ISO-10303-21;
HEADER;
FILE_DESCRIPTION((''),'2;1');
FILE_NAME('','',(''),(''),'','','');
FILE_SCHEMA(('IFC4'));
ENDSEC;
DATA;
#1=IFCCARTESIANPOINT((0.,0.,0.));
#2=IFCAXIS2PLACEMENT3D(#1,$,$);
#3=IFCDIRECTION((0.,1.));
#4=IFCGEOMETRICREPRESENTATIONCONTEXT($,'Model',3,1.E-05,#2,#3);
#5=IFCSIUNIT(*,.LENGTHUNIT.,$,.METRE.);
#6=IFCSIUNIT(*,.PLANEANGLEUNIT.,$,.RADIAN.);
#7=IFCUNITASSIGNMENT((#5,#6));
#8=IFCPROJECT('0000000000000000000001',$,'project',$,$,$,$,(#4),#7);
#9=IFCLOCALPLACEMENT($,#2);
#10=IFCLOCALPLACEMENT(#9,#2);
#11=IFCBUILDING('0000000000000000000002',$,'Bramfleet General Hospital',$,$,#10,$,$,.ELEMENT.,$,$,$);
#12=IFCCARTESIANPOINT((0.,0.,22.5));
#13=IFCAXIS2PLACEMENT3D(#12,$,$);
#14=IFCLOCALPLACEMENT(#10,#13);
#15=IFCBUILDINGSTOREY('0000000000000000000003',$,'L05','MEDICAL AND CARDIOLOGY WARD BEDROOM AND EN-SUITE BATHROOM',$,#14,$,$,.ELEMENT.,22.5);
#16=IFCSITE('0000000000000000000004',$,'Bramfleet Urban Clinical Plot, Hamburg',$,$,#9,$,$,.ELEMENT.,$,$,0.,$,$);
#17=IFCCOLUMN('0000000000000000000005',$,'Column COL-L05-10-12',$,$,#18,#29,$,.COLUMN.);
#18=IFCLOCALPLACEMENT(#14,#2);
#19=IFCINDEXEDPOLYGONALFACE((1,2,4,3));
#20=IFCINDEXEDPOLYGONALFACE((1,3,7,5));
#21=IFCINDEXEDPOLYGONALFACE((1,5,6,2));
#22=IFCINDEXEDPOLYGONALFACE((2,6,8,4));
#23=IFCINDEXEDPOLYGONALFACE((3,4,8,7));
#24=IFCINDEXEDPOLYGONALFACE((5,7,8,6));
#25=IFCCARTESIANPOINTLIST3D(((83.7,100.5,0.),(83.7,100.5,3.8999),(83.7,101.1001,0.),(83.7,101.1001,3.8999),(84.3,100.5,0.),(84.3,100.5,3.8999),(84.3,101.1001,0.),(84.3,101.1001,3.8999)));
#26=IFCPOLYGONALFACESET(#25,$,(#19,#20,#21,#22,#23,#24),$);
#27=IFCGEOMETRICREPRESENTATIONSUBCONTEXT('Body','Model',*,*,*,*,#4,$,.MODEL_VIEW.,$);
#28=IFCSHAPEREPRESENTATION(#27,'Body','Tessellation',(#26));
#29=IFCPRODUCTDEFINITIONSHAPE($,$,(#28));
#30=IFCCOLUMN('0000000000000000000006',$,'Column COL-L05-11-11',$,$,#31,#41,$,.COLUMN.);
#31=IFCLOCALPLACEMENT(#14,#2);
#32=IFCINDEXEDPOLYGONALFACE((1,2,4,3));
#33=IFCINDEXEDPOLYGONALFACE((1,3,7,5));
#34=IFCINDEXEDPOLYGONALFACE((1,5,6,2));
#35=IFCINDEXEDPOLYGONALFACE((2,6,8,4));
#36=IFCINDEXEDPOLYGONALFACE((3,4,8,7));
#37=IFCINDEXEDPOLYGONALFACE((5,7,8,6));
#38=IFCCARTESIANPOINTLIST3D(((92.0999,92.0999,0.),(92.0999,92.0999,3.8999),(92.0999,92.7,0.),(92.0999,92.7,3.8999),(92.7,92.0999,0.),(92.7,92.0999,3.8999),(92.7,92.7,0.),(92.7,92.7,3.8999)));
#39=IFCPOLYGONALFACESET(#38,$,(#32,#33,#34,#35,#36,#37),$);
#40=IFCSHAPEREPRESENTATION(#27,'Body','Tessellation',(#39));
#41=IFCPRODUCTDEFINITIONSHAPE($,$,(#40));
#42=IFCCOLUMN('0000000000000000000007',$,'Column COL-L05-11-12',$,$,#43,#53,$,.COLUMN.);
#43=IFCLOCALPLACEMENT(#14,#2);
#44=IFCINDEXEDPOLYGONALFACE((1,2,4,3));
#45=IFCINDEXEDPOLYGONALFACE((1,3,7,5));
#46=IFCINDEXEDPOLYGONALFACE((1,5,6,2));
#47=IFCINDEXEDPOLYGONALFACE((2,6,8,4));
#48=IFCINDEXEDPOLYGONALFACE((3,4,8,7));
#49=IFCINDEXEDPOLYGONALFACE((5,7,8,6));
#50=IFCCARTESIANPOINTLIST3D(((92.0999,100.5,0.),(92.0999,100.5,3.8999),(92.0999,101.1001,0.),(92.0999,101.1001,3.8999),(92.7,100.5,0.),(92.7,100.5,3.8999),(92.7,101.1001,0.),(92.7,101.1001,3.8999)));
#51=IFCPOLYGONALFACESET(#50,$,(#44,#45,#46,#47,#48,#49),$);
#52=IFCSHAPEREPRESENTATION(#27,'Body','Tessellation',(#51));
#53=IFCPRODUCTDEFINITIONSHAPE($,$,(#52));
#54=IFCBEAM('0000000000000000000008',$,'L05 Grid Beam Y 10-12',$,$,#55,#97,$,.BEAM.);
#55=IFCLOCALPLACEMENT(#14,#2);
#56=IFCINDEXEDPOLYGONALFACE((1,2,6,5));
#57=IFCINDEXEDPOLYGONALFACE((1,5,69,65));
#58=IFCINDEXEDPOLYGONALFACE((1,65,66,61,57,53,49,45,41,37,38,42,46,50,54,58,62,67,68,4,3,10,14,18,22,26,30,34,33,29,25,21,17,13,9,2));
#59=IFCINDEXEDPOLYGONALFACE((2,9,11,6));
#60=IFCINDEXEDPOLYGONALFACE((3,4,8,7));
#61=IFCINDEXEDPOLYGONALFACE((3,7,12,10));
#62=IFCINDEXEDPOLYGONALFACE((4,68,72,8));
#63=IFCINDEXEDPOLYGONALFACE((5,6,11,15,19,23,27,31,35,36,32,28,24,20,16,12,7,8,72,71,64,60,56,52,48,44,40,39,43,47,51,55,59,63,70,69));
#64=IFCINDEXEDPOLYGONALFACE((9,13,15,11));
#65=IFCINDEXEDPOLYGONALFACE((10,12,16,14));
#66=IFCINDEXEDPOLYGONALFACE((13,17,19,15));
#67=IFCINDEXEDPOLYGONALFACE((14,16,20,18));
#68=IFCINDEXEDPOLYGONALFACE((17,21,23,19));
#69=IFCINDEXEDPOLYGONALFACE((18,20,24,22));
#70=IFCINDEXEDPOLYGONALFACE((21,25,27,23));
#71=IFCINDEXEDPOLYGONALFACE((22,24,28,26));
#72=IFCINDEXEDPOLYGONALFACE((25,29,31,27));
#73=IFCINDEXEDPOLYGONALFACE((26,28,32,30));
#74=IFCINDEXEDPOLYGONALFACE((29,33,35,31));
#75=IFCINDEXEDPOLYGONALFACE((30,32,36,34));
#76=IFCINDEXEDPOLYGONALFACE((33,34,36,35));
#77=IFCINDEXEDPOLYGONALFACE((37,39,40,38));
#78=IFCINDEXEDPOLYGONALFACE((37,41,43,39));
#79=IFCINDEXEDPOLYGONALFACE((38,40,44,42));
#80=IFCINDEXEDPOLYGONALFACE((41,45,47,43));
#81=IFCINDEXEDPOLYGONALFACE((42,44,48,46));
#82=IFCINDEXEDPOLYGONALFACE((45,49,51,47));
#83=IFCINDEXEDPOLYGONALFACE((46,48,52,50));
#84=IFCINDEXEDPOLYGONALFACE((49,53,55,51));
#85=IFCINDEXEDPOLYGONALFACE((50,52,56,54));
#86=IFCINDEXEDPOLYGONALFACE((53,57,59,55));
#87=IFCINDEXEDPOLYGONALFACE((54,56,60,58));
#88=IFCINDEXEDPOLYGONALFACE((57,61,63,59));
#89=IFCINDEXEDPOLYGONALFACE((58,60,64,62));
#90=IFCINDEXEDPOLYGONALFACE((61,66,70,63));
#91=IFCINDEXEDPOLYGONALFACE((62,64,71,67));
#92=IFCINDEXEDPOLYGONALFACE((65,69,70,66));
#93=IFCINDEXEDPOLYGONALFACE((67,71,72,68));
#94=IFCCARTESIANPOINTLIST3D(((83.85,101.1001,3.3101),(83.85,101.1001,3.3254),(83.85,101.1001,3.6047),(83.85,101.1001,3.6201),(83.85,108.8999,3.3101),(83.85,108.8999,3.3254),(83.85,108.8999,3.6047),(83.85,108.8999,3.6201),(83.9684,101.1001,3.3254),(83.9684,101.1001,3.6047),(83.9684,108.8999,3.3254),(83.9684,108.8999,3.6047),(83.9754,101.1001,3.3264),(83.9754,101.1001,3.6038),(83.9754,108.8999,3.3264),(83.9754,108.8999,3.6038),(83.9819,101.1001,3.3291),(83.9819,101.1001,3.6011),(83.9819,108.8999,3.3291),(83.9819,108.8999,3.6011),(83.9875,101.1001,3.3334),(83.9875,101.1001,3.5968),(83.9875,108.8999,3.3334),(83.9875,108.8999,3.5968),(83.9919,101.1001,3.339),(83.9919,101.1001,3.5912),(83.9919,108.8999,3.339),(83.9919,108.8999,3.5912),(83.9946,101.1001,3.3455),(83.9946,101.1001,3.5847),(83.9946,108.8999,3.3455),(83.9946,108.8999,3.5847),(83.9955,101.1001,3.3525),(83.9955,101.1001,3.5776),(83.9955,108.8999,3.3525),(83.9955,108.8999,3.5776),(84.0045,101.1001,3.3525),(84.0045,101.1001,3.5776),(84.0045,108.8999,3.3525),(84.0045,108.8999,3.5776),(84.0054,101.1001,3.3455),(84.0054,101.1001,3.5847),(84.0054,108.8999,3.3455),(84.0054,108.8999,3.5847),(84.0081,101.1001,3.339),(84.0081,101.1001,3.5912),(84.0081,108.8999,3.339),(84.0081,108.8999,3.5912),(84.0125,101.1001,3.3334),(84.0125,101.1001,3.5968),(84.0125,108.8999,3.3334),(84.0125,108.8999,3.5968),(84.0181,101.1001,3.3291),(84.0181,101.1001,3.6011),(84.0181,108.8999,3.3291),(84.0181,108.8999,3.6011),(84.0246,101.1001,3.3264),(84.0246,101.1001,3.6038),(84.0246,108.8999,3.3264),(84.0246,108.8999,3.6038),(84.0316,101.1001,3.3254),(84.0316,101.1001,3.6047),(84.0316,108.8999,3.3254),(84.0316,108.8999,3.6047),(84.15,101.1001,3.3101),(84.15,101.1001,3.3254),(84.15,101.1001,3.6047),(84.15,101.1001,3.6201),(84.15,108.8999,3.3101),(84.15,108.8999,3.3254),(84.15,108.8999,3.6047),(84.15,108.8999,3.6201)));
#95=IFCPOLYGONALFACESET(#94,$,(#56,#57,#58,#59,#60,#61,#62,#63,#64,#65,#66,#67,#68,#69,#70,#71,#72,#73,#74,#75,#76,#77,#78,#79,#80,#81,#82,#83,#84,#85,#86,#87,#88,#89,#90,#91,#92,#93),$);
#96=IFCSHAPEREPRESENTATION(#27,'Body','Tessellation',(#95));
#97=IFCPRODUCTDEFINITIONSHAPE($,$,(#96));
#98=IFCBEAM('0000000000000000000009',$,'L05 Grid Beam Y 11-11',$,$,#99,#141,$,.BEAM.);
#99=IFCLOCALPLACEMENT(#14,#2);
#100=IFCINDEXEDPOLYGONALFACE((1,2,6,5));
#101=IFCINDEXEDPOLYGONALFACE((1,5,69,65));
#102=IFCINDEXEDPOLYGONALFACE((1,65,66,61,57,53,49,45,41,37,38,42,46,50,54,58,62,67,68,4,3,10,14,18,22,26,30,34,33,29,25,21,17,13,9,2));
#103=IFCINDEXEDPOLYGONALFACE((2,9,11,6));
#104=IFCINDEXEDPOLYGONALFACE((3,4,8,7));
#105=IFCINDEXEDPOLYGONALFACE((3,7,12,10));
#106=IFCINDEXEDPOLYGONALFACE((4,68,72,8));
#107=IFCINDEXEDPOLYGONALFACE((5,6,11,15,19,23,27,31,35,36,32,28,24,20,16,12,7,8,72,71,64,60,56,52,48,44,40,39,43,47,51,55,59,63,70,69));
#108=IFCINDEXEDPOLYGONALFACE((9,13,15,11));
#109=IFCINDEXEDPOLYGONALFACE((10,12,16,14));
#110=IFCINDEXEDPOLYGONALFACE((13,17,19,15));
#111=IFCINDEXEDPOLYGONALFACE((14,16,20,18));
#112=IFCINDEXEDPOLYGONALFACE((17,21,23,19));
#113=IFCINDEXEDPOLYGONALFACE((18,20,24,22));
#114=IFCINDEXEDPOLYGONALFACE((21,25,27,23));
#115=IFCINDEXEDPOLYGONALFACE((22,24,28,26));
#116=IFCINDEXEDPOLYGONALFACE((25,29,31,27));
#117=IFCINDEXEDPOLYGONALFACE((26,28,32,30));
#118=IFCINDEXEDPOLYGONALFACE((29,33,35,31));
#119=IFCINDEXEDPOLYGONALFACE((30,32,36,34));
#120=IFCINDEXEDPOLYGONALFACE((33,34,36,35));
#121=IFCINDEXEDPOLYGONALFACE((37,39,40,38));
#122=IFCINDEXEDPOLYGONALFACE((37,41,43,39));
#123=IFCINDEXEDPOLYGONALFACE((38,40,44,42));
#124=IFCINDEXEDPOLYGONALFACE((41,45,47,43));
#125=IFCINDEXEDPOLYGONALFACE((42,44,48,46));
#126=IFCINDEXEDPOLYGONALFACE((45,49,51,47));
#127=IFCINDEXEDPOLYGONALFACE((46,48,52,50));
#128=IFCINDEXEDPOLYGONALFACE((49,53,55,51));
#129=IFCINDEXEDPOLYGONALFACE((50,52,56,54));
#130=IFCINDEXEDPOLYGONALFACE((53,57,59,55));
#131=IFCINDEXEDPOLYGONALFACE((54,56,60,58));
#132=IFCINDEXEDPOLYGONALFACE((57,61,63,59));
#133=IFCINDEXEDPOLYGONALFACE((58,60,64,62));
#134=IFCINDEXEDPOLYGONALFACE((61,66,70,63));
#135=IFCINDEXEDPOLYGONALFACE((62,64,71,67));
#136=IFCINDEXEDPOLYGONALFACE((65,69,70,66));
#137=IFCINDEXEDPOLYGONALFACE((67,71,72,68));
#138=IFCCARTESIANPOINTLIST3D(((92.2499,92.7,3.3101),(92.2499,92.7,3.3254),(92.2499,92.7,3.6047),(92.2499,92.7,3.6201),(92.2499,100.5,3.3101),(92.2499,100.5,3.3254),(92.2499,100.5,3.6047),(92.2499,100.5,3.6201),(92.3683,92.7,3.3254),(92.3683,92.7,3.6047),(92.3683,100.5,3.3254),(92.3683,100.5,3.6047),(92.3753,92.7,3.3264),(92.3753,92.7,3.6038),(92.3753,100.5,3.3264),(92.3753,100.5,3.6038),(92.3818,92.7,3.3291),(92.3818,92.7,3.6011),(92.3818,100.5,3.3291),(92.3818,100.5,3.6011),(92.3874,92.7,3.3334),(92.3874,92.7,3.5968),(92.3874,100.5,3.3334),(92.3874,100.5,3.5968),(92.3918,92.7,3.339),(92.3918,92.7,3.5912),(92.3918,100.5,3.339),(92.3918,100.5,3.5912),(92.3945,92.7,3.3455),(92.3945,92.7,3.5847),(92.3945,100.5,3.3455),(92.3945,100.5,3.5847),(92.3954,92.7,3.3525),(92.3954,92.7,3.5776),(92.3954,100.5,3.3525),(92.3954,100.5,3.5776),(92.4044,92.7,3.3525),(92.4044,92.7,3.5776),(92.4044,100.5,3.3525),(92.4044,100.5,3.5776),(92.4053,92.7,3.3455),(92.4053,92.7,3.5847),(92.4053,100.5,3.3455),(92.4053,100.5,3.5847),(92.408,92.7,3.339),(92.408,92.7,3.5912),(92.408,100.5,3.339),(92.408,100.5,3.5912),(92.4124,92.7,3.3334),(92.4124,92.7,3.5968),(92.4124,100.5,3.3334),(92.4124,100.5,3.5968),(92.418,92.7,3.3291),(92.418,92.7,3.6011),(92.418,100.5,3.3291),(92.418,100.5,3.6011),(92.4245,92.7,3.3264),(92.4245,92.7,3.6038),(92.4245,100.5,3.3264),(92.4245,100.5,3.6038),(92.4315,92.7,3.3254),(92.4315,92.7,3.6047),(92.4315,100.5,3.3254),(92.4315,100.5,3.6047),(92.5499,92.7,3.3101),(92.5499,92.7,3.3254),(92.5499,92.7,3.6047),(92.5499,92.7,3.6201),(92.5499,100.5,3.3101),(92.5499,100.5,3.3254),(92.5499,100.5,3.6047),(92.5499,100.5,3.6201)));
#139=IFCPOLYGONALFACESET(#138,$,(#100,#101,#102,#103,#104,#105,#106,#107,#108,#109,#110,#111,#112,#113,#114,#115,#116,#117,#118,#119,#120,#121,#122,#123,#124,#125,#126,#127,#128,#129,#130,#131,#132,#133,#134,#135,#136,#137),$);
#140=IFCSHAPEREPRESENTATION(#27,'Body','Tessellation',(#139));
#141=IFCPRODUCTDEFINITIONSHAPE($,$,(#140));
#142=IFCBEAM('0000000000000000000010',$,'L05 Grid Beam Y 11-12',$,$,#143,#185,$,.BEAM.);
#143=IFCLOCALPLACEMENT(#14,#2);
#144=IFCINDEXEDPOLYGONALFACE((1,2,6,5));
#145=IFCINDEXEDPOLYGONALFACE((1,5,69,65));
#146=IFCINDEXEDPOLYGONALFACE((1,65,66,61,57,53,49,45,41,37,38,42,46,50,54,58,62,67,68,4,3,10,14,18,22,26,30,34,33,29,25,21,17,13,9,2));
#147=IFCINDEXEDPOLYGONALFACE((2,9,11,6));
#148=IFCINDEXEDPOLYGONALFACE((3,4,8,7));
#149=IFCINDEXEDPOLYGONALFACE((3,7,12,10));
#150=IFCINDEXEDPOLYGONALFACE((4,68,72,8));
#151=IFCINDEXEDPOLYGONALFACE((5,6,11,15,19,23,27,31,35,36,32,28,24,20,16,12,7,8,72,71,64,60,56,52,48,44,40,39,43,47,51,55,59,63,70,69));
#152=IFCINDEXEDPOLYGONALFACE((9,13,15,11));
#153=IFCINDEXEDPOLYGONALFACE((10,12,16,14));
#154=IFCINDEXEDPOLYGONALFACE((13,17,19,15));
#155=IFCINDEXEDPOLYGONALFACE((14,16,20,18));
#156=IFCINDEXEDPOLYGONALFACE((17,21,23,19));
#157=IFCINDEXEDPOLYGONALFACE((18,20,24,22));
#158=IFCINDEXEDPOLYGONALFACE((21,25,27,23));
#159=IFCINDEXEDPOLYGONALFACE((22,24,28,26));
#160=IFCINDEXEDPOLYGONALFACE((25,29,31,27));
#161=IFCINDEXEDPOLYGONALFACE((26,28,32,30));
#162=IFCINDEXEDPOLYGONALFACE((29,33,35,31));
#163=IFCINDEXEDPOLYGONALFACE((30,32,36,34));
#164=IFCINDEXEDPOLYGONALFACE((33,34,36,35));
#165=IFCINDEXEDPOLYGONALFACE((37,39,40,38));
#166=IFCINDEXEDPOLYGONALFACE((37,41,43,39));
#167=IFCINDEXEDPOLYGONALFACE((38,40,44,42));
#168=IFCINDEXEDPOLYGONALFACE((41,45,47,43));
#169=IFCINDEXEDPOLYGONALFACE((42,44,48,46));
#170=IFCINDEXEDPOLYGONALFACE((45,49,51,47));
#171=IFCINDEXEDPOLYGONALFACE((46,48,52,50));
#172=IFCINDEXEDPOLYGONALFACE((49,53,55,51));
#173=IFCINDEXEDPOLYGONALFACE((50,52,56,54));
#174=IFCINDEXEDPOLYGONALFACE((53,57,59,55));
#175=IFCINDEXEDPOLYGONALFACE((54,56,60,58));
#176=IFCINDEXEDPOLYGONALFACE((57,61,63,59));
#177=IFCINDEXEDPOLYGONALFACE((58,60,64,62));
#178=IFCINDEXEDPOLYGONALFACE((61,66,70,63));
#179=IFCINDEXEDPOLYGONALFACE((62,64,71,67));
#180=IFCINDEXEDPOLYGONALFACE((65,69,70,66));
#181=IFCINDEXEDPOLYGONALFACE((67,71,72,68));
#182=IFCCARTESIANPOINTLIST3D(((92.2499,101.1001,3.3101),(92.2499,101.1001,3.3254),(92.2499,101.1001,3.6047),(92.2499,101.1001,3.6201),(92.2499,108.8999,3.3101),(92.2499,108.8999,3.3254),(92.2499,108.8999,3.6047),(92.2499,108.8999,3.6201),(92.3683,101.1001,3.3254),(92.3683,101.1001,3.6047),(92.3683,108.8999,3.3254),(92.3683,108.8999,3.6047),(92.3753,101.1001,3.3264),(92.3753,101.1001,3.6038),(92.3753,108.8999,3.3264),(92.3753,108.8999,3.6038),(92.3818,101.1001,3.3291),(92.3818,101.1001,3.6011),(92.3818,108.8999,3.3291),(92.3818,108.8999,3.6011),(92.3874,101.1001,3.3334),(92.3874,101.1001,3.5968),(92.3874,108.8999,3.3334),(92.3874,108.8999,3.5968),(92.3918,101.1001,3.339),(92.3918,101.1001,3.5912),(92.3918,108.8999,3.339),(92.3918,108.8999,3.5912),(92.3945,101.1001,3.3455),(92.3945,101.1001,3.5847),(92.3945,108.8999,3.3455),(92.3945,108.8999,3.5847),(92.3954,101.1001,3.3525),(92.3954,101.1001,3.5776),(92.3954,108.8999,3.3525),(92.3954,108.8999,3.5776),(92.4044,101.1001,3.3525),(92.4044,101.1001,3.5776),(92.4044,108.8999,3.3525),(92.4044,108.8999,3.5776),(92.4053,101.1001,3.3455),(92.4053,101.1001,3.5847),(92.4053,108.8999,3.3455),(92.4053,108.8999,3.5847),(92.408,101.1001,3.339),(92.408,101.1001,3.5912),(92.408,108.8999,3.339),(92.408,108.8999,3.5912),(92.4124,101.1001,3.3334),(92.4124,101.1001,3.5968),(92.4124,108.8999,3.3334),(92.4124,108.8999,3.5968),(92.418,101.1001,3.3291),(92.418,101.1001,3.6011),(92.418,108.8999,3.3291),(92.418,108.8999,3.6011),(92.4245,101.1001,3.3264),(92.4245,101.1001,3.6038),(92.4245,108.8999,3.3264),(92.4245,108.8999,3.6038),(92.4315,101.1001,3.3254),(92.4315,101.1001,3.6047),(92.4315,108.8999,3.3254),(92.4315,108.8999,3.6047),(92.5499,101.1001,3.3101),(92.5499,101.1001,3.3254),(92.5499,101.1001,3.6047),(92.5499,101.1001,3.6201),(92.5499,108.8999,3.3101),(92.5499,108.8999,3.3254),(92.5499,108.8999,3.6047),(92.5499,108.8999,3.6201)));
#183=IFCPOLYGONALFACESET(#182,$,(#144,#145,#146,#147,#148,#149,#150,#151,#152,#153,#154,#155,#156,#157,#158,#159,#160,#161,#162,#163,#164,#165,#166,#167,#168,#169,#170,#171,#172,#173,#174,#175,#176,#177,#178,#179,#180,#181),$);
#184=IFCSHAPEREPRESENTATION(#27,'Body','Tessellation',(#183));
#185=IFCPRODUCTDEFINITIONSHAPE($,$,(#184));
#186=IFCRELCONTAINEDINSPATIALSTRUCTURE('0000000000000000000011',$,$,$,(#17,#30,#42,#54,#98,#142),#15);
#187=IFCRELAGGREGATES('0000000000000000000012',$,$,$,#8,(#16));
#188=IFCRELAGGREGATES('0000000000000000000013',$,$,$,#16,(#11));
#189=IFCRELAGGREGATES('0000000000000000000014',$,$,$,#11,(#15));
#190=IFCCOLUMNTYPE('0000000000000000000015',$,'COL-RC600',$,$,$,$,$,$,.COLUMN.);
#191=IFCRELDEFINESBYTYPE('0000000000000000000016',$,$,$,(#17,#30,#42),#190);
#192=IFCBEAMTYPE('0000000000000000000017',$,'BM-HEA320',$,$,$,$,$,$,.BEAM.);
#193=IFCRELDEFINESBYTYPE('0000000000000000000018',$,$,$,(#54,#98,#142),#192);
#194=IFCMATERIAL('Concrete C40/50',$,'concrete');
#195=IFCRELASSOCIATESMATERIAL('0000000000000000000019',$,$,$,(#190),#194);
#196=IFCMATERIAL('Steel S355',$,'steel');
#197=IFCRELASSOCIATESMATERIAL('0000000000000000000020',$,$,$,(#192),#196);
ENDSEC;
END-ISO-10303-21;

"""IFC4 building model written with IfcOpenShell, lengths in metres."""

from ifc_helpers import new_model, si_unit, direction, frame, origin, origin_2d, place, context, subcontext, project, spatial, rectangle, i_section, extrude, material, material_profile, profile_set, type_object, element, save


model = new_model("IFC4")

# Units and contexts
model_context = context("Model", 3, precision=1e-05, world=origin(), true_north=direction((0.0, 1.0)))
body_context = subcontext(model_context, "Body", "Model", "MODEL_VIEW")
ifc_project = project(units=[si_unit("LENGTHUNIT", "METRE"), si_unit("PLANEANGLEUNIT", "RADIAN")], contexts=[model_context])

# Site, building, storey
site_placement = place(None, origin())
site = spatial("IfcSite", under=ifc_project, at=site_placement, Name="Bramfleet Urban Clinical Plot, Hamburg", CompositionType="ELEMENT", RefElevation=0.0)
building_placement = place(site_placement, origin())
building = spatial("IfcBuilding", under=site, at=building_placement, Name="Bramfleet General Hospital", CompositionType="ELEMENT")
storey_placement = place(building_placement, frame((0.0, 0.0, 22.5)))
storey = spatial("IfcBuildingStorey", under=building, at=storey_placement, Name="L05", Description="MEDICAL AND CARDIOLOGY WARD BEDROOM AND EN-SUITE BATHROOM", CompositionType="ELEMENT", Elevation=22.5)

# Columns
ifc_material_1 = material(Name="Concrete C40/50", Category="concrete")
ifc_material_profile_1 = material_profile(ifc_material_1, rectangle(XDim=0.6001, YDim=0.6001, at=origin_2d()), Name="RC COL 600x600")
ifc_profile_set_1 = profile_set([ifc_material_profile_1], Name="Concrete C40/50")
column_type = type_object("IfcColumnType", Name="COL-RC600", PredefinedType="COLUMN", material=ifc_profile_set_1)
for number, where, z_axis, x_axis, name in (
    (1, (84.0, 100.8, 0.0), (0.0, 0.0, 1.0), (1.0, 0.0, 0.0), "Column COL-L05-10-12"),
    (2, (92.3999, 92.3999, 0.0), (0.0, 0.0, 1.0), (1.0, 0.0, 0.0), "Column COL-L05-11-11"),
    (3, (92.3999, 100.8, 0.0), (0.0, 0.0, 1.0), (1.0, 0.0, 0.0), "Column COL-L05-11-12"),
):
    element("IfcColumn", number, at=place(storey_placement, frame(where, z_axis=z_axis, x_axis=x_axis)), inside=storey, type_object=column_type, Name=name, PredefinedType="COLUMN", context=body_context, shape_type="SweptSolid", body=[
        extrude(rectangle(XDim=0.6001, YDim=0.6001, at=origin_2d()), origin(), (0.0, 0.0, 1.0), 3.8999),
    ])

# Beams
ifc_material_2 = material(Name="Steel S355", Category="steel")
ifc_material_profile_2 = material_profile(ifc_material_2, i_section(OverallWidth=0.3, OverallDepth=0.3101, WebThickness=0.009, FlangeThickness=0.0154, FilletRadius=0.0271, at=origin_2d()), Name="HEA 320")
ifc_profile_set_2 = profile_set([ifc_material_profile_2], Name="Steel S355")
beam_type_1 = type_object("IfcBeamType", Name="BM-HEA320", PredefinedType="BEAM", material=ifc_profile_set_2)
beam_1_placement = place(storey_placement, frame((84.0, 101.1001, 3.4651), z_axis=(0.0, 1.0, 0.0), x_axis=(-1.0, 0.0, 0.0)))
element("IfcBeam", 4, at=beam_1_placement, inside=storey, type_object=beam_type_1, Name="L05 Grid Beam Y 10-12", PredefinedType="BEAM", context=body_context, shape_type="SweptSolid", body=[
    extrude(i_section(OverallWidth=0.3, OverallDepth=0.3101, WebThickness=0.009, FlangeThickness=0.0154, FilletRadius=0.0271, at=origin_2d()), origin(), (0.0, 0.0, 1.0), 7.7998),
])
beam_2_placement = place(storey_placement, frame((92.3999, 92.7, 3.4651), z_axis=(0.0, 1.0, 0.0), x_axis=(-1.0, 0.0, 0.0)))
element("IfcBeam", 5, at=beam_2_placement, inside=storey, type_object=beam_type_1, Name="L05 Grid Beam Y 11-11", PredefinedType="BEAM", context=body_context, shape_type="SweptSolid", body=[
    extrude(i_section(OverallWidth=0.3, OverallDepth=0.3101, WebThickness=0.009, FlangeThickness=0.0154, FilletRadius=0.0271, at=origin_2d()), origin(), (0.0, 0.0, 1.0), 7.8),
])
beam_3_placement = place(storey_placement, frame((92.3999, 101.1001, 3.4651), z_axis=(0.0, 1.0, 0.0), x_axis=(-1.0, 0.0, 0.0)))
element("IfcBeam", 6, at=beam_3_placement, inside=storey, type_object=beam_type_1, Name="L05 Grid Beam Y 11-12", PredefinedType="BEAM", context=body_context, shape_type="SweptSolid", body=[
    extrude(i_section(OverallWidth=0.3, OverallDepth=0.3101, WebThickness=0.009, FlangeThickness=0.0154, FilletRadius=0.0271, at=origin_2d()), origin(), (0.0, 0.0, 1.0), 7.7998),
])

save(model, "model.ifc")
